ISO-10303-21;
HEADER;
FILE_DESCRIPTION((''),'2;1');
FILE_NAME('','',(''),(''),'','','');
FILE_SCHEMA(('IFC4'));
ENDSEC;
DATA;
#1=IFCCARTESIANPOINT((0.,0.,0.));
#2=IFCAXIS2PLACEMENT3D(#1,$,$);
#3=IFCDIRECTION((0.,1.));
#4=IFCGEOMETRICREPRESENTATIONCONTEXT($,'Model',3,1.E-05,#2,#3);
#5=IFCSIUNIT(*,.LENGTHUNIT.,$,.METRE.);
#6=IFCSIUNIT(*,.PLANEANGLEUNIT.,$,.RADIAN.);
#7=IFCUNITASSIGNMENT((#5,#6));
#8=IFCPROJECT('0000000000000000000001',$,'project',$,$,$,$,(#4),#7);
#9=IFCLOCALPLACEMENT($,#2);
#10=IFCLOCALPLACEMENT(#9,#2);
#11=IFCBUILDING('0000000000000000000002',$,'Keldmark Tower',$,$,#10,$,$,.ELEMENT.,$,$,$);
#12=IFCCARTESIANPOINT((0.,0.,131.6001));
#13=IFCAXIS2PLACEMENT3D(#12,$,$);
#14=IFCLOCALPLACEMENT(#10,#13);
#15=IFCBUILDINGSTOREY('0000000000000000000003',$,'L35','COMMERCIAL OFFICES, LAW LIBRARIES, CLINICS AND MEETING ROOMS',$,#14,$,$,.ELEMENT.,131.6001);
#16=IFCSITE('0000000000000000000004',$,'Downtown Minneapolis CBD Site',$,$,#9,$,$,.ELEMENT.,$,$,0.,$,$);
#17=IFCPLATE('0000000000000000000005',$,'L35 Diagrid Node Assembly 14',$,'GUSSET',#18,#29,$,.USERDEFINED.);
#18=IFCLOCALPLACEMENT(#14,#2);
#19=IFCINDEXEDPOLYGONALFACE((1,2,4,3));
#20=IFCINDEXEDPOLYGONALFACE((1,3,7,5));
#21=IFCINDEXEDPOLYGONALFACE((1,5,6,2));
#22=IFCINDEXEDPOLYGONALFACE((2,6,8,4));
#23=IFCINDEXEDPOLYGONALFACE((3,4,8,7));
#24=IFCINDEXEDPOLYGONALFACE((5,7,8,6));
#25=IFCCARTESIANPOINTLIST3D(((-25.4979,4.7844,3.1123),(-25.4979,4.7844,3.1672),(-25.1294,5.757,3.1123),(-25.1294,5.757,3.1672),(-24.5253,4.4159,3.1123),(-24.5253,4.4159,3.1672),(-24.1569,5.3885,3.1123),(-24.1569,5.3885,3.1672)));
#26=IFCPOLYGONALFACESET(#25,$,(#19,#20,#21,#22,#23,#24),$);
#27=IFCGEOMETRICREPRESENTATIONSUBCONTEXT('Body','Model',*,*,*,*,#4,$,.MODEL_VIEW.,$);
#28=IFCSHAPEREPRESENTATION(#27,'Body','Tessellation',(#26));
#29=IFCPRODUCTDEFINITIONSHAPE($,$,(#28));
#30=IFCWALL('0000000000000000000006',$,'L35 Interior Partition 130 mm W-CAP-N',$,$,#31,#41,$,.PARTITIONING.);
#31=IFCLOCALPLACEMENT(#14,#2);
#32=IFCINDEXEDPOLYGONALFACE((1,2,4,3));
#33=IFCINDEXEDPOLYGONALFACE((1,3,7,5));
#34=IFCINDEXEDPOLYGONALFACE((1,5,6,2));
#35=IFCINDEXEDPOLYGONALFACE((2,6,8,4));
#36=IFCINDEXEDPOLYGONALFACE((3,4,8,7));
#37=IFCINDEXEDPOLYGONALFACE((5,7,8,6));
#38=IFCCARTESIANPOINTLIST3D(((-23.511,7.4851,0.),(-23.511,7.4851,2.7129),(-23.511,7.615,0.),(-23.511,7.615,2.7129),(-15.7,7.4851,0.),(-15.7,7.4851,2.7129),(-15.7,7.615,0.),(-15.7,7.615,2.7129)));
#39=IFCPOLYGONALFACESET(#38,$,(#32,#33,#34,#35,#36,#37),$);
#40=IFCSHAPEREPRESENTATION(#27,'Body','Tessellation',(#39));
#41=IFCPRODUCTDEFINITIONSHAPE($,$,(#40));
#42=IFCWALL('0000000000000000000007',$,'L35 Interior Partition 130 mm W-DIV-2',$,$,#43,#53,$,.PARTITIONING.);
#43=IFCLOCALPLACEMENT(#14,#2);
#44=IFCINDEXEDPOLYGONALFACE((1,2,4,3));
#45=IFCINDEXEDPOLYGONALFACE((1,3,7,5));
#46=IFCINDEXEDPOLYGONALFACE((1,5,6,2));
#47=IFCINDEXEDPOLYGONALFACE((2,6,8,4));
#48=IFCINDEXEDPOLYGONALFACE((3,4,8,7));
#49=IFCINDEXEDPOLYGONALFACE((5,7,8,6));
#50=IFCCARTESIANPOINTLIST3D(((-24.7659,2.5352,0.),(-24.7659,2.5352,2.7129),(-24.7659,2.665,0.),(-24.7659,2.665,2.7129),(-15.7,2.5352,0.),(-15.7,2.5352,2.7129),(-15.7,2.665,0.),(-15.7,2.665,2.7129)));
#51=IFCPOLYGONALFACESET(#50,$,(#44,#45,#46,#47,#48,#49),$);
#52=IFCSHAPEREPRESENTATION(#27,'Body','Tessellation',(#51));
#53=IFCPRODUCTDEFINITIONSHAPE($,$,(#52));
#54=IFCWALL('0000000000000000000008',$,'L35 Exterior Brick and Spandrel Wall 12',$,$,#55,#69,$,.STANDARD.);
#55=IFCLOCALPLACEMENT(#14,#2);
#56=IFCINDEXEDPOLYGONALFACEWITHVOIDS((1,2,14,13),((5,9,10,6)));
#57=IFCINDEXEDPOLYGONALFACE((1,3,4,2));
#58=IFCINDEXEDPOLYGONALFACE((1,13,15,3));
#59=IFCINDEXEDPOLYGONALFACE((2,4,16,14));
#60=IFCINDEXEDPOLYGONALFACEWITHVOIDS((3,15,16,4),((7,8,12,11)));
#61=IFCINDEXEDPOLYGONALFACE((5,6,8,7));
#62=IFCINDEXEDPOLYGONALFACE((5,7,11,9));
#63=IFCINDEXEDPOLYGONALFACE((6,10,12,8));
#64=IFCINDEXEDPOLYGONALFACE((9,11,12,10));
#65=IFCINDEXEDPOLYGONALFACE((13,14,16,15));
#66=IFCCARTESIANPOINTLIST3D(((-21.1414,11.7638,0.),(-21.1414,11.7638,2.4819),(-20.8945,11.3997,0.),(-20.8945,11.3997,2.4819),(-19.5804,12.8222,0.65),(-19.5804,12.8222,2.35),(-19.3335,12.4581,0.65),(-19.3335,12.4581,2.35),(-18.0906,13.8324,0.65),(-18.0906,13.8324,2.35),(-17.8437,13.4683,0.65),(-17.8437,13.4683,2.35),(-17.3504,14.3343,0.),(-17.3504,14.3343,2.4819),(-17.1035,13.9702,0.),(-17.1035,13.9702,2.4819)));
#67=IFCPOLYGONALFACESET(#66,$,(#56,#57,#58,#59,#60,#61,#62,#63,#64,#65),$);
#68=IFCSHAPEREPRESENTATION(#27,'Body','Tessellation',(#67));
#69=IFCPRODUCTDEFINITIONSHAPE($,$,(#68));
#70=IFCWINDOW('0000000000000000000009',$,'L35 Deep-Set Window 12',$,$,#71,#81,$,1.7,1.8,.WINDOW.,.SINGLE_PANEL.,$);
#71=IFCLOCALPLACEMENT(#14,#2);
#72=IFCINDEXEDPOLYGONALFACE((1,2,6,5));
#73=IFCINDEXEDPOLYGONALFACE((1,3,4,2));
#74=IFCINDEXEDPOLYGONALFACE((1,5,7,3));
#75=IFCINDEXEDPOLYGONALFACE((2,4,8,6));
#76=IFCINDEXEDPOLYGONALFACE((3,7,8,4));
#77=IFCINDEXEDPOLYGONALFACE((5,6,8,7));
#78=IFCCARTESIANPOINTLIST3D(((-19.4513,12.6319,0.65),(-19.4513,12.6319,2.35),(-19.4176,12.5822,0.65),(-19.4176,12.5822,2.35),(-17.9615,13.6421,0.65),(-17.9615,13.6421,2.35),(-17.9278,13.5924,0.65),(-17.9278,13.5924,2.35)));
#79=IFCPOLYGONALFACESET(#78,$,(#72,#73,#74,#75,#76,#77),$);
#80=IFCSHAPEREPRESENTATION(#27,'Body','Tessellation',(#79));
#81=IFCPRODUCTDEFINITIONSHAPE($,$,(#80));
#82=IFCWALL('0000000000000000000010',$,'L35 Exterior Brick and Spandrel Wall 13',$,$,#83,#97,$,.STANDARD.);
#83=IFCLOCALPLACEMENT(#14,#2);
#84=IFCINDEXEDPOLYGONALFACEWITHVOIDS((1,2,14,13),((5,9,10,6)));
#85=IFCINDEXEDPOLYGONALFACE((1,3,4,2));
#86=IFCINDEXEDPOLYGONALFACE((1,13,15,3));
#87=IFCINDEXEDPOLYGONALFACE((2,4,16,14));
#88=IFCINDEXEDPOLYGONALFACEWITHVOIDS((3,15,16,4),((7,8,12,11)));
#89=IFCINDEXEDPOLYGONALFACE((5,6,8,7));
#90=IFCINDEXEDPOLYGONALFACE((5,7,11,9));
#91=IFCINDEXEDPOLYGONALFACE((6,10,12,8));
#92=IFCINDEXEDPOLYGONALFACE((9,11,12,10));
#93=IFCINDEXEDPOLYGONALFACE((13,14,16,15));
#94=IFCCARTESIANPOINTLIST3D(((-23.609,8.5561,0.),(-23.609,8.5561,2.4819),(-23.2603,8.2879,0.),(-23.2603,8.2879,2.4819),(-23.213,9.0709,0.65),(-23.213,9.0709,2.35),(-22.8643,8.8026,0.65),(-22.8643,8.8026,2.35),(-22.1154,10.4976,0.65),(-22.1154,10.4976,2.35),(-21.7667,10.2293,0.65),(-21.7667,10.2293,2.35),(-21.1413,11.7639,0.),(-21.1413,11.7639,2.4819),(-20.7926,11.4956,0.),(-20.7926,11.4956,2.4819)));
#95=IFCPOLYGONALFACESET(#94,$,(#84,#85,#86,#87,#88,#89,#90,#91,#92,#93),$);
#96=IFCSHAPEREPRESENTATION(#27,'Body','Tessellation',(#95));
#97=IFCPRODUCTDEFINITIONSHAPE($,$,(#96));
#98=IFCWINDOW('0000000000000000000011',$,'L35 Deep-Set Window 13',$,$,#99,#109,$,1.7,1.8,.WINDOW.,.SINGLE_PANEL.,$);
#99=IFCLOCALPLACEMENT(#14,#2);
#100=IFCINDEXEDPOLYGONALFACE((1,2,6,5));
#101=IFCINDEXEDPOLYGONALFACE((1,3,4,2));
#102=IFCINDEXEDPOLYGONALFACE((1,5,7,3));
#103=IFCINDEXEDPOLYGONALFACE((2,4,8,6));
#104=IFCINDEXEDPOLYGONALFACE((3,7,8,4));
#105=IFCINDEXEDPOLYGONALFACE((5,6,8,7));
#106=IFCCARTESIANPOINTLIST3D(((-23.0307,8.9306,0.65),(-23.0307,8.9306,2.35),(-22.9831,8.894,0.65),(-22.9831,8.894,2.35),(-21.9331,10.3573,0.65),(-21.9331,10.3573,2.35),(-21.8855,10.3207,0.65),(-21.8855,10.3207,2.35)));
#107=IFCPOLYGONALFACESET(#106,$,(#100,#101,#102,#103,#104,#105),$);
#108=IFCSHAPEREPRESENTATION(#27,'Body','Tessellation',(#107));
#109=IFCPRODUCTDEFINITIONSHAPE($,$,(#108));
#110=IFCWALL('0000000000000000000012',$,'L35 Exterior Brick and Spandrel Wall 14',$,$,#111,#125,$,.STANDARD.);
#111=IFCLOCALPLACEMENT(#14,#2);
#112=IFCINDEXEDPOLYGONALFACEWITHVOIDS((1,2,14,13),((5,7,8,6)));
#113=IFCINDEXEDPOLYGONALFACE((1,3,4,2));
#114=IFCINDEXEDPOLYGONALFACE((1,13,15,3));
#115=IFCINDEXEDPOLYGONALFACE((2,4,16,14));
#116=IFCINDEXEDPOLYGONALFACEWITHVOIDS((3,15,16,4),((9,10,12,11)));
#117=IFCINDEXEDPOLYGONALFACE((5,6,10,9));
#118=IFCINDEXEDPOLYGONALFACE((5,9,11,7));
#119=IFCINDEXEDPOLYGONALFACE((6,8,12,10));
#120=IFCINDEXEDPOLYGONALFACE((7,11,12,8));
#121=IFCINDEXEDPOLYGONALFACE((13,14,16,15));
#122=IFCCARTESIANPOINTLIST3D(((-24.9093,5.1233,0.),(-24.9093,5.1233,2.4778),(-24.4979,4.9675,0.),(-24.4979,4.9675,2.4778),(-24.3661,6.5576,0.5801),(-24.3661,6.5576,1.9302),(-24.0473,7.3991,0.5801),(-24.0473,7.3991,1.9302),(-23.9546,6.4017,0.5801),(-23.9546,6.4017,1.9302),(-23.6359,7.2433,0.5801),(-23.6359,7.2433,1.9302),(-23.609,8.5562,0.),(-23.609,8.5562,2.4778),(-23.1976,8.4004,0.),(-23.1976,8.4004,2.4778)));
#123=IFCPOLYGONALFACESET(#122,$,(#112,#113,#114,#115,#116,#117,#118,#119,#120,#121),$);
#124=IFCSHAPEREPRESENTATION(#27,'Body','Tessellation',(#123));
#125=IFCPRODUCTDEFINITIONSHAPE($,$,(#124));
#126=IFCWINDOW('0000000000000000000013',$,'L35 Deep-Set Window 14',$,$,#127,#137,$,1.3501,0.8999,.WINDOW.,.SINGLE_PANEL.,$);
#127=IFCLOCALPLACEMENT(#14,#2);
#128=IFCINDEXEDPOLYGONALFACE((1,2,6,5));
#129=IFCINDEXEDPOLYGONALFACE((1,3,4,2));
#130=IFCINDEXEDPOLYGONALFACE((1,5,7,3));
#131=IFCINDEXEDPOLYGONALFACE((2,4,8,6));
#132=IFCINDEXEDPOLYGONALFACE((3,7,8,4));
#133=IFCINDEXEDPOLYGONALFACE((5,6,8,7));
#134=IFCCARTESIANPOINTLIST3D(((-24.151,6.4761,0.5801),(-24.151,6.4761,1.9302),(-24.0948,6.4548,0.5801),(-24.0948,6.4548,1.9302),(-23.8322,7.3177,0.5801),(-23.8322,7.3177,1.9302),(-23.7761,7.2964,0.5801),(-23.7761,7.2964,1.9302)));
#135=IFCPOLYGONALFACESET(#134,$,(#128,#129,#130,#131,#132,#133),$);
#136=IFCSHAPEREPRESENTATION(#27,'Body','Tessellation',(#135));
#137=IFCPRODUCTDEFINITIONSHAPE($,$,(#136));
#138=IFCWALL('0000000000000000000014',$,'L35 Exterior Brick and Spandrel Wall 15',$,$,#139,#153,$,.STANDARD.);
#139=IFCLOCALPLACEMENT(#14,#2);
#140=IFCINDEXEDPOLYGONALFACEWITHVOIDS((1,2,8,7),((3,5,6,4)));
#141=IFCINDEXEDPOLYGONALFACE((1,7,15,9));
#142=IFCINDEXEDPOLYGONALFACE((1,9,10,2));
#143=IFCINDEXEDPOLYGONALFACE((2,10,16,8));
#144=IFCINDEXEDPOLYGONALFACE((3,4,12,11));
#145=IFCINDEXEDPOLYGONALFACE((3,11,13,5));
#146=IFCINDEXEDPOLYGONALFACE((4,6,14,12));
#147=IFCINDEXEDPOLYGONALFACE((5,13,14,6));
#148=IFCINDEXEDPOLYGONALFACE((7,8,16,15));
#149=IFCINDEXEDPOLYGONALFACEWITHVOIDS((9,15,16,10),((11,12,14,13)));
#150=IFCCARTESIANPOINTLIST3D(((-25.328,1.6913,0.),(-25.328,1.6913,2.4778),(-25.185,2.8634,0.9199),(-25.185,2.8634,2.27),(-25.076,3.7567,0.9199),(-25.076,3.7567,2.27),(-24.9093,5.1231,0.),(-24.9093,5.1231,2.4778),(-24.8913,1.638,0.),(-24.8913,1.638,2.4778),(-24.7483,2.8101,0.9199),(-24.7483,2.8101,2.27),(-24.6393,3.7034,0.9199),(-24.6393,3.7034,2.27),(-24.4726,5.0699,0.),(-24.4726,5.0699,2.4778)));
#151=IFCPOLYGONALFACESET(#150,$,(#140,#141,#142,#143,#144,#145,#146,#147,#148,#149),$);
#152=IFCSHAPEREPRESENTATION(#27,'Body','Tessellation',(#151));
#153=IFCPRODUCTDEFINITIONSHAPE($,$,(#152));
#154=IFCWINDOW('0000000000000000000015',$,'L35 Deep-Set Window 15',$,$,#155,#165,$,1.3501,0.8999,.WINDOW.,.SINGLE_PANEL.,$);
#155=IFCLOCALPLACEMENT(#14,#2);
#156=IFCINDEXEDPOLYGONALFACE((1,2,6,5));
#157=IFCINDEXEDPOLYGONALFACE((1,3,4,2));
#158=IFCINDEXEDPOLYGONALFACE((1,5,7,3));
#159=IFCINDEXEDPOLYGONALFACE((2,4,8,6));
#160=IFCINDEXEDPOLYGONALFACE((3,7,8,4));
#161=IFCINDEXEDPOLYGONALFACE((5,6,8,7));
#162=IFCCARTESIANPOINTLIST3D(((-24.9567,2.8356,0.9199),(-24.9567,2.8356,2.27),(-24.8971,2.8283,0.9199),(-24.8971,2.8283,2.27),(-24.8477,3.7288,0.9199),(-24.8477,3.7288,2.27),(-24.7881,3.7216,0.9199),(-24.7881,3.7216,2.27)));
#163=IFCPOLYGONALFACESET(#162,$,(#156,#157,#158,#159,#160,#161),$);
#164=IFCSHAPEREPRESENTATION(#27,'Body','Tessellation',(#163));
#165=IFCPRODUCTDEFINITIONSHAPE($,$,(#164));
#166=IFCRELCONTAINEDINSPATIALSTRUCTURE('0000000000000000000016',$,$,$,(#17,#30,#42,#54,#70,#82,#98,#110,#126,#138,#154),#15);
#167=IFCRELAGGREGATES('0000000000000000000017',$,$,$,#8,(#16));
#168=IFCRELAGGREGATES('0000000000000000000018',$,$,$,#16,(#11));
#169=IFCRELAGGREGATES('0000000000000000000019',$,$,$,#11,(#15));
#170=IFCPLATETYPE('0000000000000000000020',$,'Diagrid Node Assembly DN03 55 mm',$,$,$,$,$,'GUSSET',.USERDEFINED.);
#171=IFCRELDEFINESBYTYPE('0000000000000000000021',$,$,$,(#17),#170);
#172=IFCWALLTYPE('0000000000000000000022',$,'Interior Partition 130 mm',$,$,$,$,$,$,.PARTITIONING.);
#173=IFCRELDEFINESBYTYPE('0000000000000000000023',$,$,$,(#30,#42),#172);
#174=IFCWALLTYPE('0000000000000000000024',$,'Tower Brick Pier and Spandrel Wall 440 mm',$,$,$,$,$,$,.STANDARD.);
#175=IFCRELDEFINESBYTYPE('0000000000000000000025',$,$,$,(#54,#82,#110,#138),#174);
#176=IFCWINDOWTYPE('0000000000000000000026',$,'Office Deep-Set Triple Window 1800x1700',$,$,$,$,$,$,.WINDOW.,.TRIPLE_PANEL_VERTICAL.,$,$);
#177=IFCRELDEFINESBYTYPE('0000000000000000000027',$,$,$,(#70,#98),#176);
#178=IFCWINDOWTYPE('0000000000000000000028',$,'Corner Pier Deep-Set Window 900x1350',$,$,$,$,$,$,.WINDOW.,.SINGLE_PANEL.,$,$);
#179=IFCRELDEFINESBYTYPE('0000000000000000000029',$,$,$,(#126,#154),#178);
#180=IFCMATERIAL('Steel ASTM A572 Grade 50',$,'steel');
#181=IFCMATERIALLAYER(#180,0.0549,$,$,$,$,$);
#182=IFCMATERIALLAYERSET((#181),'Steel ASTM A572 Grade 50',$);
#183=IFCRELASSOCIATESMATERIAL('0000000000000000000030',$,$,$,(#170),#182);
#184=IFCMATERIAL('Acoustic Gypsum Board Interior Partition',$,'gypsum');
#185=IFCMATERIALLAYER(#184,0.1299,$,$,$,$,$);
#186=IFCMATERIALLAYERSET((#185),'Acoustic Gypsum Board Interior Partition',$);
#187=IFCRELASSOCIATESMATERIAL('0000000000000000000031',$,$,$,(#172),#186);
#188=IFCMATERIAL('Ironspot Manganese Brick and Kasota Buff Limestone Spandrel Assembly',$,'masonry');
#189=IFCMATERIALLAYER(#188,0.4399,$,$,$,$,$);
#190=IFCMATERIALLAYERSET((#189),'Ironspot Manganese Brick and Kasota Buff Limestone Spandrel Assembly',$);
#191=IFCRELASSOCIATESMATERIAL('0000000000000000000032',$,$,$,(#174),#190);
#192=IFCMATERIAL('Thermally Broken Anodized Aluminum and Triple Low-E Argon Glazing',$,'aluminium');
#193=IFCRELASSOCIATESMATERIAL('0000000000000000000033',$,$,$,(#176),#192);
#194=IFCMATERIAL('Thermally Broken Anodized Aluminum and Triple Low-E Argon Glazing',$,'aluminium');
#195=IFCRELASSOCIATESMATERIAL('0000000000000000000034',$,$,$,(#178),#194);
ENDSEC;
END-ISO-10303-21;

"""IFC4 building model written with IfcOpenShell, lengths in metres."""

from ifc_helpers import new_model, si_unit, direction, frame, frame_2d, origin, origin_2d, place, context, subcontext, project, spatial, rectangle, extrude, material, layer, layer_set, type_object, element, fill, save


model = new_model("IFC4")

# Units and contexts
model_context = context("Model", 3, precision=1e-05, world=origin(), true_north=direction((0.0, 1.0)))
body_context = subcontext(model_context, "Body", "Model", "MODEL_VIEW")
ifc_project = project(units=[si_unit("LENGTHUNIT", "METRE"), si_unit("PLANEANGLEUNIT", "RADIAN")], contexts=[model_context])

# Site, building, storey
site_placement = place(None, origin())
site = spatial("IfcSite", under=ifc_project, at=site_placement, Name="Downtown Minneapolis CBD Site", CompositionType="ELEMENT", RefElevation=0.0)
building_placement = place(site_placement, origin())
building = spatial("IfcBuilding", under=site, at=building_placement, Name="Keldmark Tower", CompositionType="ELEMENT")
storey_placement = place(building_placement, frame((0.0, 0.0, 131.6001)))
storey = spatial("IfcBuildingStorey", under=building, at=storey_placement, Name="L35", Description="COMMERCIAL OFFICES, LAW LIBRARIES, CLINICS AND MEETING ROOMS", CompositionType="ELEMENT", Elevation=131.6001)

# Plate
ifc_material_1 = material(Name="Steel ASTM A572 Grade 50", Category="steel")
ifc_layer_1 = layer(ifc_material_1, 0.0549)
ifc_layer_set_1 = layer_set([ifc_layer_1], Name="Steel ASTM A572 Grade 50")
plate_type = type_object("IfcPlateType", Name="Diagrid Node Assembly DN03 55 mm", ElementType="GUSSET", PredefinedType="USERDEFINED", material=ifc_layer_set_1)
for number, where, z_axis, x_axis, name in (
    (1, (-24.8274, 5.0864, 3.1123), (0.0, 0.0, 1.0), (-0.354291, -0.935135, 0.0), "L35 Diagrid Node Assembly 14"),
):
    element("IfcPlate", number, at=place(storey_placement, frame(where, z_axis=z_axis, x_axis=x_axis)), inside=storey, type_object=plate_type, Name=name, ObjectType="GUSSET", PredefinedType="USERDEFINED", context=body_context, shape_type="SweptSolid", body=[
        extrude(rectangle(XDim=1.04, YDim=1.04, at=origin_2d()), origin(), (0.0, 0.0, 1.0), 0.0549),
    ])

# Walls
ifc_material_2 = material(Name="Acoustic Gypsum Board Interior Partition", Category="gypsum")
ifc_layer_2 = layer(ifc_material_2, 0.1299)
ifc_layer_set_2 = layer_set([ifc_layer_2], Name="Acoustic Gypsum Board Interior Partition")
wall_type_1 = type_object("IfcWallType", Name="Interior Partition 130 mm", PredefinedType="PARTITIONING", material=ifc_layer_set_2)
wall_1_placement = place(storey_placement, frame((-23.511, 7.55, 0.0), z_axis=(0.0, 0.0, 1.0), x_axis=(1.0, 0.0, 0.0)))
element("IfcWall", 2, at=wall_1_placement, inside=storey, type_object=wall_type_1, Name="L35 Interior Partition 130 mm W-CAP-N", PredefinedType="PARTITIONING", context=body_context, shape_type="SweptSolid", body=[
    extrude(rectangle(XDim=7.811, YDim=0.1299, at=frame_2d((3.9055, 0.0))), origin(), (0.0, 0.0, 1.0), 2.7129),
])
wall_2_placement = place(storey_placement, frame((-24.7659, 2.6001, 0.0), z_axis=(0.0, 0.0, 1.0), x_axis=(1.0, 0.0, 0.0)))
element("IfcWall", 3, at=wall_2_placement, inside=storey, type_object=wall_type_1, Name="L35 Interior Partition 130 mm W-DIV-2", PredefinedType="PARTITIONING", context=body_context, shape_type="SweptSolid", body=[
    extrude(rectangle(XDim=9.0659, YDim=0.1299, at=frame_2d((4.533, 0.0))), origin(), (0.0, 0.0, 1.0), 2.7129),
])

# Walls, openings, windows
ifc_material_3 = material(Name="Ironspot Manganese Brick and Kasota Buff Limestone Spandrel Assembly", Category="masonry")
ifc_layer_3 = layer(ifc_material_3, 0.4399)
ifc_layer_set_3 = layer_set([ifc_layer_3], Name="Ironspot Manganese Brick and Kasota Buff Limestone Spandrel Assembly")
wall_type_2 = type_object("IfcWallType", Name="Tower Brick Pier and Spandrel Wall 440 mm", PredefinedType="STANDARD", material=ifc_layer_set_3)
wall_3_placement = place(storey_placement, frame((-21.0178, 11.5818, 0.0), z_axis=(0.0, 0.0, 1.0), x_axis=(0.82767, 0.561215, 0.0)))
wall_3 = element("IfcWall", 4, at=wall_3_placement, inside=storey, type_object=wall_type_2, Name="L35 Exterior Brick and Spandrel Wall 12", PredefinedType="STANDARD", context=body_context, shape_type="SweptSolid", body=[
    extrude(rectangle(XDim=4.5803, YDim=0.4399, at=frame_2d((2.29, 0.0))), origin(), (0.0, 0.0, 1.0), 2.4819),
])
opening_1_placement = place(wall_3_placement, frame((1.886, 0.0, 0.6499)))
opening_1 = element("IfcOpeningElement", 5, at=opening_1_placement, cuts=wall_3, PredefinedType="OPENING", context=body_context, shape_type="SweptSolid", body=[
    extrude(rectangle(XDim=1.8, YDim=1.7, at=frame_2d((0.8999, 0.8501))), frame((0.0, 0.23, 0.0), z_axis=(0.0, -1.0, 0.0), x_axis=(1.0, 0.0, 0.0)), (0.0, 0.0, 1.0), 0.46),
])
ifc_material_4 = material(Name="Thermally Broken Anodized Aluminum and Triple Low-E Argon Glazing", Category="aluminium")
window_type_1 = type_object("IfcWindowType", Name="Office Deep-Set Triple Window 1800x1700", PartitioningType="TRIPLE_PANEL_VERTICAL", PredefinedType="WINDOW", material=ifc_material_4)
window_1_placement = place(opening_1_placement, origin())
window_1 = element("IfcWindow", 6, at=window_1_placement, inside=storey, type_object=window_type_1, Name="L35 Deep-Set Window 12", OverallHeight=1.7, OverallWidth=1.8, PartitioningType="SINGLE_PANEL", PredefinedType="WINDOW", context=body_context, shape_type="SweptSolid", body=[
    extrude(rectangle(XDim=1.8, YDim=1.7, at=frame_2d((0.8999, 0.8501))), frame((0.0, -0.01, 0.0), z_axis=(0.0, -1.0, 0.0), x_axis=(1.0, 0.0, 0.0)), (0.0, 0.0, 1.0), 0.0601),
])
fill(opening_1, window_1)
wall_4_placement = place(storey_placement, frame((-23.4346, 8.4221, 0.0), z_axis=(0.0, 0.0, 1.0), x_axis=(0.609752, 0.792593, 0.0)))
wall_4 = element("IfcWall", 7, at=wall_4_placement, inside=storey, type_object=wall_type_2, Name="L35 Exterior Brick and Spandrel Wall 13", PredefinedType="STANDARD", context=body_context, shape_type="SweptSolid", body=[
    extrude(rectangle(XDim=4.0471, YDim=0.4399, at=frame_2d((2.0234, 0.0))), origin(), (0.0, 0.0, 1.0), 2.4819),
])
opening_2_placement = place(wall_4_placement, frame((0.6494, 0.0, 0.6499)))
opening_2 = element("IfcOpeningElement", 8, at=opening_2_placement, cuts=wall_4, PredefinedType="OPENING", context=body_context, shape_type="SweptSolid", body=[
    extrude(rectangle(XDim=1.8, YDim=1.7, at=frame_2d((0.8999, 0.8501))), frame((0.0, 0.23, 0.0), z_axis=(0.0, -1.0, 0.0), x_axis=(1.0, 0.0, 0.0)), (0.0, 0.0, 1.0), 0.46),
])
window_2_placement = place(opening_2_placement, origin())
window_2 = element("IfcWindow", 9, at=window_2_placement, inside=storey, type_object=window_type_1, Name="L35 Deep-Set Window 13", OverallHeight=1.7, OverallWidth=1.8, PartitioningType="SINGLE_PANEL", PredefinedType="WINDOW", context=body_context, shape_type="SweptSolid", body=[
    extrude(rectangle(XDim=1.8, YDim=1.7, at=frame_2d((0.8999, 0.8501))), frame((0.0, -0.01, 0.0), z_axis=(0.0, -1.0, 0.0), x_axis=(1.0, 0.0, 0.0)), (0.0, 0.0, 1.0), 0.0601),
])
fill(opening_2, window_2)
wall_5_placement = place(storey_placement, frame((-24.7036, 5.0454, 0.0), z_axis=(0.0, 0.0, 1.0), x_axis=(0.354219, 0.935162, 0.0)))
wall_5 = element("IfcWall", 10, at=wall_5_placement, inside=storey, type_object=wall_type_2, Name="L35 Exterior Brick and Spandrel Wall 14", PredefinedType="STANDARD", context=body_context, shape_type="SweptSolid", body=[
    extrude(rectangle(XDim=3.6709, YDim=0.4399, at=frame_2d((1.8354, 0.0))), origin(), (0.0, 0.0, 1.0), 2.4778),
])
opening_3_placement = place(wall_5_placement, frame((1.5337, 0.0, 0.5801)))
opening_3 = element("IfcOpeningElement", 11, at=opening_3_placement, cuts=wall_5, PredefinedType="OPENING", context=body_context, shape_type="SweptSolid", body=[
    extrude(rectangle(XDim=0.8999, YDim=1.3501, at=frame_2d((0.45, 0.675))), frame((0.0, 0.23, 0.0), z_axis=(0.0, -1.0, 0.0), x_axis=(1.0, 0.0, 0.0)), (0.0, 0.0, 1.0), 0.46),
])
ifc_material_5 = material(Name="Thermally Broken Anodized Aluminum and Triple Low-E Argon Glazing", Category="aluminium")
window_type_2 = type_object("IfcWindowType", Name="Corner Pier Deep-Set Window 900x1350", PartitioningType="SINGLE_PANEL", PredefinedType="WINDOW", material=ifc_material_5)
window_3_placement = place(opening_3_placement, origin())
window_3 = element("IfcWindow", 12, at=window_3_placement, inside=storey, type_object=window_type_2, Name="L35 Deep-Set Window 14", OverallHeight=1.3501, OverallWidth=0.8999, PartitioningType="SINGLE_PANEL", PredefinedType="WINDOW", context=body_context, shape_type="SweptSolid", body=[
    extrude(rectangle(XDim=0.8999, YDim=1.3501, at=frame_2d((0.45, 0.675))), frame((0.0, -0.01, 0.0), z_axis=(0.0, -1.0, 0.0), x_axis=(1.0, 0.0, 0.0)), (0.0, 0.0, 1.0), 0.0601),
])
fill(opening_3, window_3)
wall_6_placement = place(storey_placement, frame((-25.1096, 1.6648, 0.0), z_axis=(0.0, 0.0, 1.0), x_axis=(0.121105, 0.99264, 0.0)))
wall_6 = element("IfcWall", 13, at=wall_6_placement, inside=storey, type_object=wall_type_2, Name="L35 Exterior Brick and Spandrel Wall 15", PredefinedType="STANDARD", context=body_context, shape_type="SweptSolid", body=[
    extrude(rectangle(XDim=3.4573, YDim=0.4399, at=frame_2d((1.7285, 0.0))), origin(), (0.0, 0.0, 1.0), 2.4778),
])
opening_4_placement = place(wall_6_placement, frame((1.1807, 0.0, 0.9199)))
opening_4 = element("IfcOpeningElement", 14, at=opening_4_placement, cuts=wall_6, PredefinedType="OPENING", context=body_context, shape_type="SweptSolid", body=[
    extrude(rectangle(XDim=0.8999, YDim=1.3501, at=frame_2d((0.45, 0.675))), frame((0.0, 0.23, 0.0), z_axis=(0.0, -1.0, 0.0), x_axis=(1.0, 0.0, 0.0)), (0.0, 0.0, 1.0), 0.46),
])
window_4_placement = place(opening_4_placement, origin())
window_4 = element("IfcWindow", 15, at=window_4_placement, inside=storey, type_object=window_type_2, Name="L35 Deep-Set Window 15", OverallHeight=1.3501, OverallWidth=0.8999, PartitioningType="SINGLE_PANEL", PredefinedType="WINDOW", context=body_context, shape_type="SweptSolid", body=[
    extrude(rectangle(XDim=0.8999, YDim=1.3501, at=frame_2d((0.45, 0.675))), frame((0.0, -0.01, 0.0), z_axis=(0.0, -1.0, 0.0), x_axis=(1.0, 0.0, 0.0)), (0.0, 0.0, 1.0), 0.0601),
])
fill(opening_4, window_4)

save(model, "model.ifc")
